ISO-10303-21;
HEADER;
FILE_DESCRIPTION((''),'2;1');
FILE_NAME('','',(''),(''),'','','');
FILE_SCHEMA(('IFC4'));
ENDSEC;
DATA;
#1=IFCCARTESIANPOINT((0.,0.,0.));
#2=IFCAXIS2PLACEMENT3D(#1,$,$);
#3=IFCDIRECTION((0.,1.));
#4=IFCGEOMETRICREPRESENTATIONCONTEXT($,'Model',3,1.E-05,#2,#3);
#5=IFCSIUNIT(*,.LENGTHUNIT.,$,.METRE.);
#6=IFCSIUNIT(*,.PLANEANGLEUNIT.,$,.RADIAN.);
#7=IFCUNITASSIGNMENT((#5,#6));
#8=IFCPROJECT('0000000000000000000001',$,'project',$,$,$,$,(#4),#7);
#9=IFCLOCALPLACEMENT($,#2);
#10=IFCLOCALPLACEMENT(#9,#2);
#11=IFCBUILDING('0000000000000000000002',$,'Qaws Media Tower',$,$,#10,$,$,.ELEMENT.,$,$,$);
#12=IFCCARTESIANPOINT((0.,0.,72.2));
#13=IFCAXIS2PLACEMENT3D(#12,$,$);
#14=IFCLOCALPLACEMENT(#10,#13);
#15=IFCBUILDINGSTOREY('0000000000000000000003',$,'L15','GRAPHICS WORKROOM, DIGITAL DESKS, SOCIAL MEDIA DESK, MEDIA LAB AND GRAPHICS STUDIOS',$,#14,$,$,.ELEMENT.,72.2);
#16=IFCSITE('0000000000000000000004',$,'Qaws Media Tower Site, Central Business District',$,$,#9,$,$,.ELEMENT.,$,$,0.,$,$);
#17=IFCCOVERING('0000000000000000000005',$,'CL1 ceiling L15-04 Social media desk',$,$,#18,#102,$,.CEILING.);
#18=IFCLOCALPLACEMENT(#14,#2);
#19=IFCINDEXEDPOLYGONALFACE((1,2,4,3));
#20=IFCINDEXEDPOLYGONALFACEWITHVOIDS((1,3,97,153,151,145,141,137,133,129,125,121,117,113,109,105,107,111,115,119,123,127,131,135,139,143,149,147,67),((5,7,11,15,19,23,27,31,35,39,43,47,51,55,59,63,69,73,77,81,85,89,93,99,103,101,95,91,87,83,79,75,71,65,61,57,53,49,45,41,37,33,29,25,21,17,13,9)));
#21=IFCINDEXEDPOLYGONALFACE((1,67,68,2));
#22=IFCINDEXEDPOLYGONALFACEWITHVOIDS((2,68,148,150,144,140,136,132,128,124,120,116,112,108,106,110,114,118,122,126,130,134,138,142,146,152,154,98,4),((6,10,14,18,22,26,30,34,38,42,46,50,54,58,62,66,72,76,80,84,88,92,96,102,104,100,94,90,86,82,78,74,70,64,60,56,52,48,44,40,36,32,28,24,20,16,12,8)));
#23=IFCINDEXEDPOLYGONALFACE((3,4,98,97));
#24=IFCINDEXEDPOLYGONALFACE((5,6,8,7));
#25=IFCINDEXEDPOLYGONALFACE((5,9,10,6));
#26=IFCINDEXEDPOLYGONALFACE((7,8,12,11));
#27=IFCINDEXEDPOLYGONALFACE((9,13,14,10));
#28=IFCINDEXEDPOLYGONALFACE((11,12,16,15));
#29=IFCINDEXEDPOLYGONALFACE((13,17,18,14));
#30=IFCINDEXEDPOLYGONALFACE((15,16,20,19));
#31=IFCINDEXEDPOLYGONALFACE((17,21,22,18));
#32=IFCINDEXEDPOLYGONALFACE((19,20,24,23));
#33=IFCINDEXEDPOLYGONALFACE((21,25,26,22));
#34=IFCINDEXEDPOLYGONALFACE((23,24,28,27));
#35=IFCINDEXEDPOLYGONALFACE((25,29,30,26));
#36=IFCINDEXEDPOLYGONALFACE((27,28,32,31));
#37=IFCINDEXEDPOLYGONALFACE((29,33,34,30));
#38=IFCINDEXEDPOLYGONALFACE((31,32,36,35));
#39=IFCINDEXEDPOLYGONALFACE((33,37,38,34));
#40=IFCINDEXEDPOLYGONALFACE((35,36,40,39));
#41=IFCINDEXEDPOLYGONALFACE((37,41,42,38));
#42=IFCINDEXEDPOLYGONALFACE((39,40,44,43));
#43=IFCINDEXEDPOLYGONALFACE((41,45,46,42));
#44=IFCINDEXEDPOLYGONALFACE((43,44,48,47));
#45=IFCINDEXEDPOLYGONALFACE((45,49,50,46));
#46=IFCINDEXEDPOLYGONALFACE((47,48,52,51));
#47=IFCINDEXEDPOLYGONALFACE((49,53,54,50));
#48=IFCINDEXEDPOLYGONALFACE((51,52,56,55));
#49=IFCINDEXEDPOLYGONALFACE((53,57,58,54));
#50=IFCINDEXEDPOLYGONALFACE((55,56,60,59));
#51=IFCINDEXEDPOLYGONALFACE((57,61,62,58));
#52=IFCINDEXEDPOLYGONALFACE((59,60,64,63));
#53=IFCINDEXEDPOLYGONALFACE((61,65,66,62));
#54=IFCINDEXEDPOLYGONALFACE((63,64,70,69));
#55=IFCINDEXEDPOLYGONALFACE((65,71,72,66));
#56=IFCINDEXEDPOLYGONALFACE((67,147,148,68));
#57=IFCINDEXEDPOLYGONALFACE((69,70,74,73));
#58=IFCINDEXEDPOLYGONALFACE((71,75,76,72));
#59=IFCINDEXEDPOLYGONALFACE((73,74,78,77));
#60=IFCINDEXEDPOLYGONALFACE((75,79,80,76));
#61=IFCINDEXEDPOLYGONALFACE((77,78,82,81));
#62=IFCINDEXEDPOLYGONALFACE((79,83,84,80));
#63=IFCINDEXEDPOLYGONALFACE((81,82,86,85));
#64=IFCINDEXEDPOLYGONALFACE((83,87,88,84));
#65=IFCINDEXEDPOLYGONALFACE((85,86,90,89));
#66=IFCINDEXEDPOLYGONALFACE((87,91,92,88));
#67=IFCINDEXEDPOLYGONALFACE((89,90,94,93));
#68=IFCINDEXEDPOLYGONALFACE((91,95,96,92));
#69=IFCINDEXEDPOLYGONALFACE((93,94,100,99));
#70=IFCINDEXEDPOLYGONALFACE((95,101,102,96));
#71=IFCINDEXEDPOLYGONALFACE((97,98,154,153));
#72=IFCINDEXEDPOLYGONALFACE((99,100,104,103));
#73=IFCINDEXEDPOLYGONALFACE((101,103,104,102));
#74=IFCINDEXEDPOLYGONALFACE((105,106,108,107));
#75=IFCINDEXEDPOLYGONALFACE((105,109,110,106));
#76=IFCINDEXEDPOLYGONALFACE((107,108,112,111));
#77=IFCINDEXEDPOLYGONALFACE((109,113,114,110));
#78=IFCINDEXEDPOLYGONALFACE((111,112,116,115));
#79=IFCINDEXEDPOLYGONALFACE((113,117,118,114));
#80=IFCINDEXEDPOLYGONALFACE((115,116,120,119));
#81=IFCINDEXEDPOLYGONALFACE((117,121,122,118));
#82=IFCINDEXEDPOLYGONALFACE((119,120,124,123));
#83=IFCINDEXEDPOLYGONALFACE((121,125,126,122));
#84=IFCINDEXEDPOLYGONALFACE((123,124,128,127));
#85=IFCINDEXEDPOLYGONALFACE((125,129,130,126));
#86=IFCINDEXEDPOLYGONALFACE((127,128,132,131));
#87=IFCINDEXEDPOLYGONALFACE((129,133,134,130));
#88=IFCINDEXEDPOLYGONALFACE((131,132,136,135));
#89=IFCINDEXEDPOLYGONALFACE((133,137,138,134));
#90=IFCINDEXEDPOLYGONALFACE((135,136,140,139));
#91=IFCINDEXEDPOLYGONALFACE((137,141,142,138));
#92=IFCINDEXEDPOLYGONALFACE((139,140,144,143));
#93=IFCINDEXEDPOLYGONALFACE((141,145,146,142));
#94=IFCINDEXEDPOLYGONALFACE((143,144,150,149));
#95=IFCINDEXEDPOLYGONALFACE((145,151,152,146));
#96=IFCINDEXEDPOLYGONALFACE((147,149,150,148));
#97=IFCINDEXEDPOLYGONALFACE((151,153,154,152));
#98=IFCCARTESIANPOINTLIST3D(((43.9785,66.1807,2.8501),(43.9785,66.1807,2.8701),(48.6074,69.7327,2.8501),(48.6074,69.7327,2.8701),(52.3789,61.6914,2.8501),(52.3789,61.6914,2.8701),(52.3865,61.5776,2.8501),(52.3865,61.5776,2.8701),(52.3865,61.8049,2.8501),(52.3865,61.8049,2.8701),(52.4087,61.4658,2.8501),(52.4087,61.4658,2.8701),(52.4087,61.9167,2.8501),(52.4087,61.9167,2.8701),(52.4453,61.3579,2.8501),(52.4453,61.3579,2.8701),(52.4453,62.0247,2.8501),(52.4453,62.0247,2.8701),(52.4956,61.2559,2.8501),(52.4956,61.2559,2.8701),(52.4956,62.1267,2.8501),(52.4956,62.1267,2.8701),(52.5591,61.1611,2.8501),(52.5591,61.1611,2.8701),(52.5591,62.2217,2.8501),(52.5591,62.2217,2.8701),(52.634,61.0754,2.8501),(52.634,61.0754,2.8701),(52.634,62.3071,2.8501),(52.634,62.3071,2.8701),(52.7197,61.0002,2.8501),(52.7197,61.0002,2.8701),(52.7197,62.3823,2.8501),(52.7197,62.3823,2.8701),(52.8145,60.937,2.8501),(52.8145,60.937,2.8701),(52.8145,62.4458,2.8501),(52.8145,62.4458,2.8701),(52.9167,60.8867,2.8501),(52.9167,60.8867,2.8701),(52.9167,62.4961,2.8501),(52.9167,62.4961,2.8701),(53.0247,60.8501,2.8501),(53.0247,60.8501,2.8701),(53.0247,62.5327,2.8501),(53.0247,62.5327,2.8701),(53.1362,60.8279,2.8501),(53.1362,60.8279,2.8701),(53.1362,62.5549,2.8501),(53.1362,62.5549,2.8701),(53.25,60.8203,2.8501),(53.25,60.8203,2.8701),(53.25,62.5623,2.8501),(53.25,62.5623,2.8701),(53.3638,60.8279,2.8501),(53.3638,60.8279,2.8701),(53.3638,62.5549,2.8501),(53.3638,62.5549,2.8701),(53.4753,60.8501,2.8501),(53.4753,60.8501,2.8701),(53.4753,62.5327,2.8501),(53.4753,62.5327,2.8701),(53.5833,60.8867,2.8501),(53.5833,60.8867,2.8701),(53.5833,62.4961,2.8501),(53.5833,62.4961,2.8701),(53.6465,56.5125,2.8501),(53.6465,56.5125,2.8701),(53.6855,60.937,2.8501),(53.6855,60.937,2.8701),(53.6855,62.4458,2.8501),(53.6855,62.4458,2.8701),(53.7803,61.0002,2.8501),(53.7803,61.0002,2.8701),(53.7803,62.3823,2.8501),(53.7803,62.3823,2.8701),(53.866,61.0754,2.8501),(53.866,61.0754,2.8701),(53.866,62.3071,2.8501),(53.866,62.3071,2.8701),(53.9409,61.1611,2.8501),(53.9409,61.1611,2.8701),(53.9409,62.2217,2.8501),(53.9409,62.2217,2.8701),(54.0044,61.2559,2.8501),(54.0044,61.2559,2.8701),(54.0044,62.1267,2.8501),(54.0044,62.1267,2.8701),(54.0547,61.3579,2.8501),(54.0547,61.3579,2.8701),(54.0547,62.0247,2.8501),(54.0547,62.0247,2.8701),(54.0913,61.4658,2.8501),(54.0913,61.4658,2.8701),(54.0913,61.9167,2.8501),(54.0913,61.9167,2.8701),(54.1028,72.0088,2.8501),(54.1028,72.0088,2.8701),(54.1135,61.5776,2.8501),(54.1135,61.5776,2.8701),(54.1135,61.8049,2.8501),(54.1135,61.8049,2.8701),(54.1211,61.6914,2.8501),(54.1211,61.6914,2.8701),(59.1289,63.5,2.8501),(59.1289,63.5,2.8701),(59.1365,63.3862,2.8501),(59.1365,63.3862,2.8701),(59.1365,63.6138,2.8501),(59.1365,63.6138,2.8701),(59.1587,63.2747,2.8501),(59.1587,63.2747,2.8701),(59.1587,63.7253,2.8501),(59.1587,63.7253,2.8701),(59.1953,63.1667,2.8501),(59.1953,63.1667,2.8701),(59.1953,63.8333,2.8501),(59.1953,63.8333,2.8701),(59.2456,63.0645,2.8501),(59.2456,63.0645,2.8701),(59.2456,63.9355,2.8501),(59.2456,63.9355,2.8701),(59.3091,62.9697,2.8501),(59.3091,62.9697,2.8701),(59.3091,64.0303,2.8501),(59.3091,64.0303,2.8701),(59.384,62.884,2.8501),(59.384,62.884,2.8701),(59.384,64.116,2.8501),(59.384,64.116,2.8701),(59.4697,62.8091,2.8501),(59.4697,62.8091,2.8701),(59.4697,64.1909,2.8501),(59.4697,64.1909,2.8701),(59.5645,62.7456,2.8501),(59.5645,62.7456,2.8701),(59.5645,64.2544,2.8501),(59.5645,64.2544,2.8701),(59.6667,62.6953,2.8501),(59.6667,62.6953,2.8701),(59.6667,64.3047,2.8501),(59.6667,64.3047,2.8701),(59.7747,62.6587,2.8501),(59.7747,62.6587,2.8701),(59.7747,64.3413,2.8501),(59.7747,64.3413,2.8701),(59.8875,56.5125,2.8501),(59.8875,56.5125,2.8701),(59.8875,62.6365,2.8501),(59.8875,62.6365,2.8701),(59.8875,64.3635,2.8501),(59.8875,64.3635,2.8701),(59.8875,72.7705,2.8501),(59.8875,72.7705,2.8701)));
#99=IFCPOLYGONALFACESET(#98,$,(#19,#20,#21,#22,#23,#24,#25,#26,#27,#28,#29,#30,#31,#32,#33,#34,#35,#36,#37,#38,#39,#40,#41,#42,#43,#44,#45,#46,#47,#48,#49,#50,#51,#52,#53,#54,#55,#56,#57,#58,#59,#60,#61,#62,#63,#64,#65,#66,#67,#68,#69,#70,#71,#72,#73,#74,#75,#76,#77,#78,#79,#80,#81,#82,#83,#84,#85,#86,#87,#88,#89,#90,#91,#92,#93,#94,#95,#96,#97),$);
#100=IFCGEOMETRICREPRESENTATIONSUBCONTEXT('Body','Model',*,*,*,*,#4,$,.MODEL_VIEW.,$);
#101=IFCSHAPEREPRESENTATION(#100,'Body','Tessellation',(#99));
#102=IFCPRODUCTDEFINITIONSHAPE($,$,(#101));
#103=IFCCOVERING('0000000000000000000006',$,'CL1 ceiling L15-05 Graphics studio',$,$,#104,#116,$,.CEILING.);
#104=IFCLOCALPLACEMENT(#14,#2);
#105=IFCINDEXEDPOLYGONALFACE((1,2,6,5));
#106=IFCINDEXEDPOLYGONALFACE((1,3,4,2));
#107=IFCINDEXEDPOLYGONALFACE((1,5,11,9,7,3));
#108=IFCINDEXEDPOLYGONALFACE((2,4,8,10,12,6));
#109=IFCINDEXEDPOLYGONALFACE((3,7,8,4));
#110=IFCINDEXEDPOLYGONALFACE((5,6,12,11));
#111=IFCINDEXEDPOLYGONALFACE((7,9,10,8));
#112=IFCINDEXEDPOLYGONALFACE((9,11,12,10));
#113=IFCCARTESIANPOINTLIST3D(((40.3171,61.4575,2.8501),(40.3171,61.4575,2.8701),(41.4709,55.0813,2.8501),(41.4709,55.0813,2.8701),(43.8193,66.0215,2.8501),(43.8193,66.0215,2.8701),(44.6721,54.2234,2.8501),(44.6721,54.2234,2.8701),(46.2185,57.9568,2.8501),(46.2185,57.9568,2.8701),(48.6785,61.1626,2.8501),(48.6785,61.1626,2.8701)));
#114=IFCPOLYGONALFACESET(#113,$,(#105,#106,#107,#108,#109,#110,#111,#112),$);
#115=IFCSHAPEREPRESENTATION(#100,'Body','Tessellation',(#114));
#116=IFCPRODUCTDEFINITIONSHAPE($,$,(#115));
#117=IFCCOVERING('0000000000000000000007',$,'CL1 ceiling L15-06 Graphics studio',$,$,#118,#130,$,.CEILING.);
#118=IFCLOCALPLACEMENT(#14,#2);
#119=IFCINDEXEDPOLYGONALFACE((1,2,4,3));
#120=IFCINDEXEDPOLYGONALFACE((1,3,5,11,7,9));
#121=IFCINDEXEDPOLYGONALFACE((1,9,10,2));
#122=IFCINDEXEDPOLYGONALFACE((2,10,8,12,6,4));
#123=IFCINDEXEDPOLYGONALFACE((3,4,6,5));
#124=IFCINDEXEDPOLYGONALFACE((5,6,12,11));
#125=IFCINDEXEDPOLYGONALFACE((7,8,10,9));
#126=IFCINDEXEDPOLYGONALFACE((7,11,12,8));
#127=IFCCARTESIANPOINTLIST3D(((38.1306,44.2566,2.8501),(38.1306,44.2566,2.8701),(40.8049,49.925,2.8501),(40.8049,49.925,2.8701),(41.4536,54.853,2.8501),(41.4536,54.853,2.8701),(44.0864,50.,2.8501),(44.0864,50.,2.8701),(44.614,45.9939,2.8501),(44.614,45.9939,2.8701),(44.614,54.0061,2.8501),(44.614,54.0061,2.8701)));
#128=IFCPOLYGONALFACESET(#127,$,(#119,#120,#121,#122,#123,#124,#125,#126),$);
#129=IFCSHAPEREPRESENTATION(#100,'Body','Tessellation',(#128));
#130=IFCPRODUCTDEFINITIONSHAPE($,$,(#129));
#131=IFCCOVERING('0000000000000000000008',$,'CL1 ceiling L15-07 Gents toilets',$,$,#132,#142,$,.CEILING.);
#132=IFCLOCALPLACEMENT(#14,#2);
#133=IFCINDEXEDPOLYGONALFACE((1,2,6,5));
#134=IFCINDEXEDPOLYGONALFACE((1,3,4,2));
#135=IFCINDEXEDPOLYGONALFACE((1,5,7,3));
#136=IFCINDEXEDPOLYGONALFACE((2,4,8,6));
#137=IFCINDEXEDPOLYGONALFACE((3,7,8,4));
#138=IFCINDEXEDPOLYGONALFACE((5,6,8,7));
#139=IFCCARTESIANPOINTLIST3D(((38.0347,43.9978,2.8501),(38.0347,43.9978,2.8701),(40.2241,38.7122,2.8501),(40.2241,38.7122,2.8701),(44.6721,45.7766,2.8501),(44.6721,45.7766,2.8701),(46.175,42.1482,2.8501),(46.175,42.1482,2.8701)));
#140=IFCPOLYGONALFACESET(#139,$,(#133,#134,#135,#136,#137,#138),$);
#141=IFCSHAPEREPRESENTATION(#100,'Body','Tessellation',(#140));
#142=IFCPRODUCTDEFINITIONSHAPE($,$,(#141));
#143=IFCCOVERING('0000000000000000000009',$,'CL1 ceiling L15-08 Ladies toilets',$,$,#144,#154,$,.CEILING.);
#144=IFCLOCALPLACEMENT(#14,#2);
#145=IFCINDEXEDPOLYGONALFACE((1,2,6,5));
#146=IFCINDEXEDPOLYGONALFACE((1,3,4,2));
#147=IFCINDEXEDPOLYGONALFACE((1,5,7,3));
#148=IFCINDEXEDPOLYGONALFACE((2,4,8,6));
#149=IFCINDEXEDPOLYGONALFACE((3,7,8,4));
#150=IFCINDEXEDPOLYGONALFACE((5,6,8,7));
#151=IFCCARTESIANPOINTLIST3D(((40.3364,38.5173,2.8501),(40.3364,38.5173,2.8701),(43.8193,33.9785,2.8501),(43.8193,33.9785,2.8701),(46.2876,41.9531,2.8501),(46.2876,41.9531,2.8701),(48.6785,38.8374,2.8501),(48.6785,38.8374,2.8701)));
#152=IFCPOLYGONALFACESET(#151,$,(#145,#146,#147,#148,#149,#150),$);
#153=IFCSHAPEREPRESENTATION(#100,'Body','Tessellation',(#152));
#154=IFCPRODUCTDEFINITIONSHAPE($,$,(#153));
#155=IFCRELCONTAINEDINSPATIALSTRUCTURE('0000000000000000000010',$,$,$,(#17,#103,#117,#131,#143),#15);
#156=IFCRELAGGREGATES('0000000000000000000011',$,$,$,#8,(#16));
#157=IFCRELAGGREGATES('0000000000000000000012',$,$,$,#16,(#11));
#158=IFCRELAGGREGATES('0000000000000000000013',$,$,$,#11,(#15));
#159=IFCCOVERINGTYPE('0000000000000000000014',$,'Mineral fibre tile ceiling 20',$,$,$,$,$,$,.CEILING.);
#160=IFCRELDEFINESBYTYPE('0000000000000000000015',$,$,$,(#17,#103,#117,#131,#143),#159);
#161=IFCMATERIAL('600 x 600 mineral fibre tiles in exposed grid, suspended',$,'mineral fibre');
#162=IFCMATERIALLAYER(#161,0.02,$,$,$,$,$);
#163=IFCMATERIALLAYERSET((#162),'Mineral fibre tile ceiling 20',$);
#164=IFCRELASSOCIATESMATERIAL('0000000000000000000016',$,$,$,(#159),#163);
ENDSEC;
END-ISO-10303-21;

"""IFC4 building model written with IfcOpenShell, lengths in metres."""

from ifc_helpers import new_model, si_unit, direction, frame, origin, place, context, subcontext, project, spatial, polyline, outline, extrude, material, layer, layer_set, type_object, element, save


model = new_model("IFC4")

# Units and contexts
model_context = context("Model", 3, precision=1e-05, world=origin(), true_north=direction((0.0, 1.0)))
body_context = subcontext(model_context, "Body", "Model", "MODEL_VIEW")
ifc_project = project(units=[si_unit("LENGTHUNIT", "METRE"), si_unit("PLANEANGLEUNIT", "RADIAN")], contexts=[model_context])

# Site, building, storey
site_placement = place(None, origin())
site = spatial("IfcSite", under=ifc_project, at=site_placement, Name="Qaws Media Tower Site, Central Business District", CompositionType="ELEMENT", RefElevation=0.0)
building_placement = place(site_placement, origin())
building = spatial("IfcBuilding", under=site, at=building_placement, Name="Qaws Media Tower", CompositionType="ELEMENT")
storey_placement = place(building_placement, frame((0.0, 0.0, 72.2)))
storey = spatial("IfcBuildingStorey", under=building, at=storey_placement, Name="L15", Description="GRAPHICS WORKROOM, DIGITAL DESKS, SOCIAL MEDIA DESK, MEDIA LAB AND GRAPHICS STUDIOS", CompositionType="ELEMENT", Elevation=72.2)

# Coverings
ifc_material_1 = material(Name="600 x 600 mineral fibre tiles in exposed grid, suspended", Category="mineral fibre")
ifc_layer_1 = layer(ifc_material_1, 0.02)
ifc_layer_set_1 = layer_set([ifc_layer_1], Name="Mineral fibre tile ceiling 20")
covering_type_1 = type_object("IfcCoveringType", Name="Mineral fibre tile ceiling 20", PredefinedType="CEILING", material=ifc_layer_set_1)
covering_1_placement = place(storey_placement, frame((0.0, 0.0, 2.8501)))
element("IfcCovering", 1, at=covering_1_placement, inside=storey, type_object=covering_type_1, Name="CL1 ceiling L15-04 Social media desk", PredefinedType="CEILING", context=body_context, shape_type="SweptSolid", body=[
    extrude(outline(polyline([(48.6074, 69.7327), (54.1028, 72.0088), (59.8875, 72.7705), (59.8875, 64.3635), (59.7747, 64.3413), (59.6667, 64.3047), (59.5645, 64.2544), (59.4697, 64.1909), (59.384, 64.116), (59.3091, 64.0303), (59.2456, 63.9355), (59.1953, 63.8333), (59.1587, 63.7253), (59.1365, 63.6138), (59.1289, 63.5), (59.1365, 63.3862), (59.1587, 63.2747), (59.1953, 63.1667), (59.2456, 63.0645), (59.3091, 62.9697), (59.384, 62.884), (59.4697, 62.8091), (59.5645, 62.7456), (59.6667, 62.6953), (59.7747, 62.6587), (59.8875, 62.6365), (59.8875, 56.5125), (53.6465, 56.5125), (43.9785, 66.1807), (48.6074, 69.7327)]), holes=[polyline([(54.0547, 61.3579), (54.0913, 61.4658), (54.1135, 61.5776), (54.1211, 61.6914), (54.1135, 61.8049), (54.0913, 61.9167), (54.0547, 62.0247), (54.0044, 62.1267), (53.9409, 62.2217), (53.866, 62.3071), (53.7803, 62.3823), (53.6855, 62.4458), (53.5833, 62.4961), (53.4753, 62.5327), (53.3638, 62.5549), (53.25, 62.5623), (53.1362, 62.5549), (53.0247, 62.5327), (52.9167, 62.4961), (52.8145, 62.4458), (52.7197, 62.3823), (52.634, 62.3071), (52.5591, 62.2217), (52.4956, 62.1267), (52.4453, 62.0247), (52.4087, 61.9167), (52.3865, 61.8049), (52.3789, 61.6914), (52.3865, 61.5776), (52.4087, 61.4658), (52.4453, 61.3579), (52.4956, 61.2559), (52.5591, 61.1611), (52.634, 61.0754), (52.7197, 61.0002), (52.8145, 60.937), (52.9167, 60.8867), (53.0247, 60.8501), (53.1362, 60.8279), (53.25, 60.8203), (53.3638, 60.8279), (53.4753, 60.8501), (53.5833, 60.8867), (53.6855, 60.937), (53.7803, 61.0002), (53.866, 61.0754), (53.9409, 61.1611), (54.0044, 61.2559), (54.0547, 61.3579)])]), origin(), (0.0, 0.0, 1.0), 0.02),
])
covering_2_placement = place(storey_placement, frame((0.0, 0.0, 2.8501)))
element("IfcCovering", 2, at=covering_2_placement, inside=storey, type_object=covering_type_1, Name="CL1 ceiling L15-05 Graphics studio", PredefinedType="CEILING", context=body_context, shape_type="SweptSolid", body=[
    extrude(outline(polyline([(40.3171, 61.4575), (43.8193, 66.0215), (48.6785, 61.1626), (46.2185, 57.9568), (44.6721, 54.2234), (41.4709, 55.0813), (40.3171, 61.4575)])), origin(), (0.0, 0.0, 1.0), 0.02),
])
covering_3_placement = place(storey_placement, frame((0.0, 0.0, 2.8501)))
element("IfcCovering", 3, at=covering_3_placement, inside=storey, type_object=covering_type_1, Name="CL1 ceiling L15-06 Graphics studio", PredefinedType="CEILING", context=body_context, shape_type="SweptSolid", body=[
    extrude(outline(polyline([(40.8049, 49.925), (41.4536, 54.853), (44.614, 54.0061), (44.0864, 50.0), (44.614, 45.9939), (38.1306, 44.2566), (40.8049, 49.925)])), origin(), (0.0, 0.0, 1.0), 0.02),
])
covering_4_placement = place(storey_placement, frame((0.0, 0.0, 2.8501)))
element("IfcCovering", 4, at=covering_4_placement, inside=storey, type_object=covering_type_1, Name="CL1 ceiling L15-07 Gents toilets", PredefinedType="CEILING", context=body_context, shape_type="SweptSolid", body=[
    extrude(outline(polyline([(44.6721, 45.7766), (46.175, 42.1482), (40.2241, 38.7122), (38.0347, 43.9978), (44.6721, 45.7766)])), origin(), (0.0, 0.0, 1.0), 0.02),
])
covering_5_placement = place(storey_placement, frame((0.0, 0.0, 2.8501)))
element("IfcCovering", 5, at=covering_5_placement, inside=storey, type_object=covering_type_1, Name="CL1 ceiling L15-08 Ladies toilets", PredefinedType="CEILING", context=body_context, shape_type="SweptSolid", body=[
    extrude(outline(polyline([(40.3364, 38.5173), (46.2876, 41.9531), (48.6785, 38.8374), (43.8193, 33.9785), (40.3364, 38.5173)])), origin(), (0.0, 0.0, 1.0), 0.02),
])

save(model, "model.ifc")
